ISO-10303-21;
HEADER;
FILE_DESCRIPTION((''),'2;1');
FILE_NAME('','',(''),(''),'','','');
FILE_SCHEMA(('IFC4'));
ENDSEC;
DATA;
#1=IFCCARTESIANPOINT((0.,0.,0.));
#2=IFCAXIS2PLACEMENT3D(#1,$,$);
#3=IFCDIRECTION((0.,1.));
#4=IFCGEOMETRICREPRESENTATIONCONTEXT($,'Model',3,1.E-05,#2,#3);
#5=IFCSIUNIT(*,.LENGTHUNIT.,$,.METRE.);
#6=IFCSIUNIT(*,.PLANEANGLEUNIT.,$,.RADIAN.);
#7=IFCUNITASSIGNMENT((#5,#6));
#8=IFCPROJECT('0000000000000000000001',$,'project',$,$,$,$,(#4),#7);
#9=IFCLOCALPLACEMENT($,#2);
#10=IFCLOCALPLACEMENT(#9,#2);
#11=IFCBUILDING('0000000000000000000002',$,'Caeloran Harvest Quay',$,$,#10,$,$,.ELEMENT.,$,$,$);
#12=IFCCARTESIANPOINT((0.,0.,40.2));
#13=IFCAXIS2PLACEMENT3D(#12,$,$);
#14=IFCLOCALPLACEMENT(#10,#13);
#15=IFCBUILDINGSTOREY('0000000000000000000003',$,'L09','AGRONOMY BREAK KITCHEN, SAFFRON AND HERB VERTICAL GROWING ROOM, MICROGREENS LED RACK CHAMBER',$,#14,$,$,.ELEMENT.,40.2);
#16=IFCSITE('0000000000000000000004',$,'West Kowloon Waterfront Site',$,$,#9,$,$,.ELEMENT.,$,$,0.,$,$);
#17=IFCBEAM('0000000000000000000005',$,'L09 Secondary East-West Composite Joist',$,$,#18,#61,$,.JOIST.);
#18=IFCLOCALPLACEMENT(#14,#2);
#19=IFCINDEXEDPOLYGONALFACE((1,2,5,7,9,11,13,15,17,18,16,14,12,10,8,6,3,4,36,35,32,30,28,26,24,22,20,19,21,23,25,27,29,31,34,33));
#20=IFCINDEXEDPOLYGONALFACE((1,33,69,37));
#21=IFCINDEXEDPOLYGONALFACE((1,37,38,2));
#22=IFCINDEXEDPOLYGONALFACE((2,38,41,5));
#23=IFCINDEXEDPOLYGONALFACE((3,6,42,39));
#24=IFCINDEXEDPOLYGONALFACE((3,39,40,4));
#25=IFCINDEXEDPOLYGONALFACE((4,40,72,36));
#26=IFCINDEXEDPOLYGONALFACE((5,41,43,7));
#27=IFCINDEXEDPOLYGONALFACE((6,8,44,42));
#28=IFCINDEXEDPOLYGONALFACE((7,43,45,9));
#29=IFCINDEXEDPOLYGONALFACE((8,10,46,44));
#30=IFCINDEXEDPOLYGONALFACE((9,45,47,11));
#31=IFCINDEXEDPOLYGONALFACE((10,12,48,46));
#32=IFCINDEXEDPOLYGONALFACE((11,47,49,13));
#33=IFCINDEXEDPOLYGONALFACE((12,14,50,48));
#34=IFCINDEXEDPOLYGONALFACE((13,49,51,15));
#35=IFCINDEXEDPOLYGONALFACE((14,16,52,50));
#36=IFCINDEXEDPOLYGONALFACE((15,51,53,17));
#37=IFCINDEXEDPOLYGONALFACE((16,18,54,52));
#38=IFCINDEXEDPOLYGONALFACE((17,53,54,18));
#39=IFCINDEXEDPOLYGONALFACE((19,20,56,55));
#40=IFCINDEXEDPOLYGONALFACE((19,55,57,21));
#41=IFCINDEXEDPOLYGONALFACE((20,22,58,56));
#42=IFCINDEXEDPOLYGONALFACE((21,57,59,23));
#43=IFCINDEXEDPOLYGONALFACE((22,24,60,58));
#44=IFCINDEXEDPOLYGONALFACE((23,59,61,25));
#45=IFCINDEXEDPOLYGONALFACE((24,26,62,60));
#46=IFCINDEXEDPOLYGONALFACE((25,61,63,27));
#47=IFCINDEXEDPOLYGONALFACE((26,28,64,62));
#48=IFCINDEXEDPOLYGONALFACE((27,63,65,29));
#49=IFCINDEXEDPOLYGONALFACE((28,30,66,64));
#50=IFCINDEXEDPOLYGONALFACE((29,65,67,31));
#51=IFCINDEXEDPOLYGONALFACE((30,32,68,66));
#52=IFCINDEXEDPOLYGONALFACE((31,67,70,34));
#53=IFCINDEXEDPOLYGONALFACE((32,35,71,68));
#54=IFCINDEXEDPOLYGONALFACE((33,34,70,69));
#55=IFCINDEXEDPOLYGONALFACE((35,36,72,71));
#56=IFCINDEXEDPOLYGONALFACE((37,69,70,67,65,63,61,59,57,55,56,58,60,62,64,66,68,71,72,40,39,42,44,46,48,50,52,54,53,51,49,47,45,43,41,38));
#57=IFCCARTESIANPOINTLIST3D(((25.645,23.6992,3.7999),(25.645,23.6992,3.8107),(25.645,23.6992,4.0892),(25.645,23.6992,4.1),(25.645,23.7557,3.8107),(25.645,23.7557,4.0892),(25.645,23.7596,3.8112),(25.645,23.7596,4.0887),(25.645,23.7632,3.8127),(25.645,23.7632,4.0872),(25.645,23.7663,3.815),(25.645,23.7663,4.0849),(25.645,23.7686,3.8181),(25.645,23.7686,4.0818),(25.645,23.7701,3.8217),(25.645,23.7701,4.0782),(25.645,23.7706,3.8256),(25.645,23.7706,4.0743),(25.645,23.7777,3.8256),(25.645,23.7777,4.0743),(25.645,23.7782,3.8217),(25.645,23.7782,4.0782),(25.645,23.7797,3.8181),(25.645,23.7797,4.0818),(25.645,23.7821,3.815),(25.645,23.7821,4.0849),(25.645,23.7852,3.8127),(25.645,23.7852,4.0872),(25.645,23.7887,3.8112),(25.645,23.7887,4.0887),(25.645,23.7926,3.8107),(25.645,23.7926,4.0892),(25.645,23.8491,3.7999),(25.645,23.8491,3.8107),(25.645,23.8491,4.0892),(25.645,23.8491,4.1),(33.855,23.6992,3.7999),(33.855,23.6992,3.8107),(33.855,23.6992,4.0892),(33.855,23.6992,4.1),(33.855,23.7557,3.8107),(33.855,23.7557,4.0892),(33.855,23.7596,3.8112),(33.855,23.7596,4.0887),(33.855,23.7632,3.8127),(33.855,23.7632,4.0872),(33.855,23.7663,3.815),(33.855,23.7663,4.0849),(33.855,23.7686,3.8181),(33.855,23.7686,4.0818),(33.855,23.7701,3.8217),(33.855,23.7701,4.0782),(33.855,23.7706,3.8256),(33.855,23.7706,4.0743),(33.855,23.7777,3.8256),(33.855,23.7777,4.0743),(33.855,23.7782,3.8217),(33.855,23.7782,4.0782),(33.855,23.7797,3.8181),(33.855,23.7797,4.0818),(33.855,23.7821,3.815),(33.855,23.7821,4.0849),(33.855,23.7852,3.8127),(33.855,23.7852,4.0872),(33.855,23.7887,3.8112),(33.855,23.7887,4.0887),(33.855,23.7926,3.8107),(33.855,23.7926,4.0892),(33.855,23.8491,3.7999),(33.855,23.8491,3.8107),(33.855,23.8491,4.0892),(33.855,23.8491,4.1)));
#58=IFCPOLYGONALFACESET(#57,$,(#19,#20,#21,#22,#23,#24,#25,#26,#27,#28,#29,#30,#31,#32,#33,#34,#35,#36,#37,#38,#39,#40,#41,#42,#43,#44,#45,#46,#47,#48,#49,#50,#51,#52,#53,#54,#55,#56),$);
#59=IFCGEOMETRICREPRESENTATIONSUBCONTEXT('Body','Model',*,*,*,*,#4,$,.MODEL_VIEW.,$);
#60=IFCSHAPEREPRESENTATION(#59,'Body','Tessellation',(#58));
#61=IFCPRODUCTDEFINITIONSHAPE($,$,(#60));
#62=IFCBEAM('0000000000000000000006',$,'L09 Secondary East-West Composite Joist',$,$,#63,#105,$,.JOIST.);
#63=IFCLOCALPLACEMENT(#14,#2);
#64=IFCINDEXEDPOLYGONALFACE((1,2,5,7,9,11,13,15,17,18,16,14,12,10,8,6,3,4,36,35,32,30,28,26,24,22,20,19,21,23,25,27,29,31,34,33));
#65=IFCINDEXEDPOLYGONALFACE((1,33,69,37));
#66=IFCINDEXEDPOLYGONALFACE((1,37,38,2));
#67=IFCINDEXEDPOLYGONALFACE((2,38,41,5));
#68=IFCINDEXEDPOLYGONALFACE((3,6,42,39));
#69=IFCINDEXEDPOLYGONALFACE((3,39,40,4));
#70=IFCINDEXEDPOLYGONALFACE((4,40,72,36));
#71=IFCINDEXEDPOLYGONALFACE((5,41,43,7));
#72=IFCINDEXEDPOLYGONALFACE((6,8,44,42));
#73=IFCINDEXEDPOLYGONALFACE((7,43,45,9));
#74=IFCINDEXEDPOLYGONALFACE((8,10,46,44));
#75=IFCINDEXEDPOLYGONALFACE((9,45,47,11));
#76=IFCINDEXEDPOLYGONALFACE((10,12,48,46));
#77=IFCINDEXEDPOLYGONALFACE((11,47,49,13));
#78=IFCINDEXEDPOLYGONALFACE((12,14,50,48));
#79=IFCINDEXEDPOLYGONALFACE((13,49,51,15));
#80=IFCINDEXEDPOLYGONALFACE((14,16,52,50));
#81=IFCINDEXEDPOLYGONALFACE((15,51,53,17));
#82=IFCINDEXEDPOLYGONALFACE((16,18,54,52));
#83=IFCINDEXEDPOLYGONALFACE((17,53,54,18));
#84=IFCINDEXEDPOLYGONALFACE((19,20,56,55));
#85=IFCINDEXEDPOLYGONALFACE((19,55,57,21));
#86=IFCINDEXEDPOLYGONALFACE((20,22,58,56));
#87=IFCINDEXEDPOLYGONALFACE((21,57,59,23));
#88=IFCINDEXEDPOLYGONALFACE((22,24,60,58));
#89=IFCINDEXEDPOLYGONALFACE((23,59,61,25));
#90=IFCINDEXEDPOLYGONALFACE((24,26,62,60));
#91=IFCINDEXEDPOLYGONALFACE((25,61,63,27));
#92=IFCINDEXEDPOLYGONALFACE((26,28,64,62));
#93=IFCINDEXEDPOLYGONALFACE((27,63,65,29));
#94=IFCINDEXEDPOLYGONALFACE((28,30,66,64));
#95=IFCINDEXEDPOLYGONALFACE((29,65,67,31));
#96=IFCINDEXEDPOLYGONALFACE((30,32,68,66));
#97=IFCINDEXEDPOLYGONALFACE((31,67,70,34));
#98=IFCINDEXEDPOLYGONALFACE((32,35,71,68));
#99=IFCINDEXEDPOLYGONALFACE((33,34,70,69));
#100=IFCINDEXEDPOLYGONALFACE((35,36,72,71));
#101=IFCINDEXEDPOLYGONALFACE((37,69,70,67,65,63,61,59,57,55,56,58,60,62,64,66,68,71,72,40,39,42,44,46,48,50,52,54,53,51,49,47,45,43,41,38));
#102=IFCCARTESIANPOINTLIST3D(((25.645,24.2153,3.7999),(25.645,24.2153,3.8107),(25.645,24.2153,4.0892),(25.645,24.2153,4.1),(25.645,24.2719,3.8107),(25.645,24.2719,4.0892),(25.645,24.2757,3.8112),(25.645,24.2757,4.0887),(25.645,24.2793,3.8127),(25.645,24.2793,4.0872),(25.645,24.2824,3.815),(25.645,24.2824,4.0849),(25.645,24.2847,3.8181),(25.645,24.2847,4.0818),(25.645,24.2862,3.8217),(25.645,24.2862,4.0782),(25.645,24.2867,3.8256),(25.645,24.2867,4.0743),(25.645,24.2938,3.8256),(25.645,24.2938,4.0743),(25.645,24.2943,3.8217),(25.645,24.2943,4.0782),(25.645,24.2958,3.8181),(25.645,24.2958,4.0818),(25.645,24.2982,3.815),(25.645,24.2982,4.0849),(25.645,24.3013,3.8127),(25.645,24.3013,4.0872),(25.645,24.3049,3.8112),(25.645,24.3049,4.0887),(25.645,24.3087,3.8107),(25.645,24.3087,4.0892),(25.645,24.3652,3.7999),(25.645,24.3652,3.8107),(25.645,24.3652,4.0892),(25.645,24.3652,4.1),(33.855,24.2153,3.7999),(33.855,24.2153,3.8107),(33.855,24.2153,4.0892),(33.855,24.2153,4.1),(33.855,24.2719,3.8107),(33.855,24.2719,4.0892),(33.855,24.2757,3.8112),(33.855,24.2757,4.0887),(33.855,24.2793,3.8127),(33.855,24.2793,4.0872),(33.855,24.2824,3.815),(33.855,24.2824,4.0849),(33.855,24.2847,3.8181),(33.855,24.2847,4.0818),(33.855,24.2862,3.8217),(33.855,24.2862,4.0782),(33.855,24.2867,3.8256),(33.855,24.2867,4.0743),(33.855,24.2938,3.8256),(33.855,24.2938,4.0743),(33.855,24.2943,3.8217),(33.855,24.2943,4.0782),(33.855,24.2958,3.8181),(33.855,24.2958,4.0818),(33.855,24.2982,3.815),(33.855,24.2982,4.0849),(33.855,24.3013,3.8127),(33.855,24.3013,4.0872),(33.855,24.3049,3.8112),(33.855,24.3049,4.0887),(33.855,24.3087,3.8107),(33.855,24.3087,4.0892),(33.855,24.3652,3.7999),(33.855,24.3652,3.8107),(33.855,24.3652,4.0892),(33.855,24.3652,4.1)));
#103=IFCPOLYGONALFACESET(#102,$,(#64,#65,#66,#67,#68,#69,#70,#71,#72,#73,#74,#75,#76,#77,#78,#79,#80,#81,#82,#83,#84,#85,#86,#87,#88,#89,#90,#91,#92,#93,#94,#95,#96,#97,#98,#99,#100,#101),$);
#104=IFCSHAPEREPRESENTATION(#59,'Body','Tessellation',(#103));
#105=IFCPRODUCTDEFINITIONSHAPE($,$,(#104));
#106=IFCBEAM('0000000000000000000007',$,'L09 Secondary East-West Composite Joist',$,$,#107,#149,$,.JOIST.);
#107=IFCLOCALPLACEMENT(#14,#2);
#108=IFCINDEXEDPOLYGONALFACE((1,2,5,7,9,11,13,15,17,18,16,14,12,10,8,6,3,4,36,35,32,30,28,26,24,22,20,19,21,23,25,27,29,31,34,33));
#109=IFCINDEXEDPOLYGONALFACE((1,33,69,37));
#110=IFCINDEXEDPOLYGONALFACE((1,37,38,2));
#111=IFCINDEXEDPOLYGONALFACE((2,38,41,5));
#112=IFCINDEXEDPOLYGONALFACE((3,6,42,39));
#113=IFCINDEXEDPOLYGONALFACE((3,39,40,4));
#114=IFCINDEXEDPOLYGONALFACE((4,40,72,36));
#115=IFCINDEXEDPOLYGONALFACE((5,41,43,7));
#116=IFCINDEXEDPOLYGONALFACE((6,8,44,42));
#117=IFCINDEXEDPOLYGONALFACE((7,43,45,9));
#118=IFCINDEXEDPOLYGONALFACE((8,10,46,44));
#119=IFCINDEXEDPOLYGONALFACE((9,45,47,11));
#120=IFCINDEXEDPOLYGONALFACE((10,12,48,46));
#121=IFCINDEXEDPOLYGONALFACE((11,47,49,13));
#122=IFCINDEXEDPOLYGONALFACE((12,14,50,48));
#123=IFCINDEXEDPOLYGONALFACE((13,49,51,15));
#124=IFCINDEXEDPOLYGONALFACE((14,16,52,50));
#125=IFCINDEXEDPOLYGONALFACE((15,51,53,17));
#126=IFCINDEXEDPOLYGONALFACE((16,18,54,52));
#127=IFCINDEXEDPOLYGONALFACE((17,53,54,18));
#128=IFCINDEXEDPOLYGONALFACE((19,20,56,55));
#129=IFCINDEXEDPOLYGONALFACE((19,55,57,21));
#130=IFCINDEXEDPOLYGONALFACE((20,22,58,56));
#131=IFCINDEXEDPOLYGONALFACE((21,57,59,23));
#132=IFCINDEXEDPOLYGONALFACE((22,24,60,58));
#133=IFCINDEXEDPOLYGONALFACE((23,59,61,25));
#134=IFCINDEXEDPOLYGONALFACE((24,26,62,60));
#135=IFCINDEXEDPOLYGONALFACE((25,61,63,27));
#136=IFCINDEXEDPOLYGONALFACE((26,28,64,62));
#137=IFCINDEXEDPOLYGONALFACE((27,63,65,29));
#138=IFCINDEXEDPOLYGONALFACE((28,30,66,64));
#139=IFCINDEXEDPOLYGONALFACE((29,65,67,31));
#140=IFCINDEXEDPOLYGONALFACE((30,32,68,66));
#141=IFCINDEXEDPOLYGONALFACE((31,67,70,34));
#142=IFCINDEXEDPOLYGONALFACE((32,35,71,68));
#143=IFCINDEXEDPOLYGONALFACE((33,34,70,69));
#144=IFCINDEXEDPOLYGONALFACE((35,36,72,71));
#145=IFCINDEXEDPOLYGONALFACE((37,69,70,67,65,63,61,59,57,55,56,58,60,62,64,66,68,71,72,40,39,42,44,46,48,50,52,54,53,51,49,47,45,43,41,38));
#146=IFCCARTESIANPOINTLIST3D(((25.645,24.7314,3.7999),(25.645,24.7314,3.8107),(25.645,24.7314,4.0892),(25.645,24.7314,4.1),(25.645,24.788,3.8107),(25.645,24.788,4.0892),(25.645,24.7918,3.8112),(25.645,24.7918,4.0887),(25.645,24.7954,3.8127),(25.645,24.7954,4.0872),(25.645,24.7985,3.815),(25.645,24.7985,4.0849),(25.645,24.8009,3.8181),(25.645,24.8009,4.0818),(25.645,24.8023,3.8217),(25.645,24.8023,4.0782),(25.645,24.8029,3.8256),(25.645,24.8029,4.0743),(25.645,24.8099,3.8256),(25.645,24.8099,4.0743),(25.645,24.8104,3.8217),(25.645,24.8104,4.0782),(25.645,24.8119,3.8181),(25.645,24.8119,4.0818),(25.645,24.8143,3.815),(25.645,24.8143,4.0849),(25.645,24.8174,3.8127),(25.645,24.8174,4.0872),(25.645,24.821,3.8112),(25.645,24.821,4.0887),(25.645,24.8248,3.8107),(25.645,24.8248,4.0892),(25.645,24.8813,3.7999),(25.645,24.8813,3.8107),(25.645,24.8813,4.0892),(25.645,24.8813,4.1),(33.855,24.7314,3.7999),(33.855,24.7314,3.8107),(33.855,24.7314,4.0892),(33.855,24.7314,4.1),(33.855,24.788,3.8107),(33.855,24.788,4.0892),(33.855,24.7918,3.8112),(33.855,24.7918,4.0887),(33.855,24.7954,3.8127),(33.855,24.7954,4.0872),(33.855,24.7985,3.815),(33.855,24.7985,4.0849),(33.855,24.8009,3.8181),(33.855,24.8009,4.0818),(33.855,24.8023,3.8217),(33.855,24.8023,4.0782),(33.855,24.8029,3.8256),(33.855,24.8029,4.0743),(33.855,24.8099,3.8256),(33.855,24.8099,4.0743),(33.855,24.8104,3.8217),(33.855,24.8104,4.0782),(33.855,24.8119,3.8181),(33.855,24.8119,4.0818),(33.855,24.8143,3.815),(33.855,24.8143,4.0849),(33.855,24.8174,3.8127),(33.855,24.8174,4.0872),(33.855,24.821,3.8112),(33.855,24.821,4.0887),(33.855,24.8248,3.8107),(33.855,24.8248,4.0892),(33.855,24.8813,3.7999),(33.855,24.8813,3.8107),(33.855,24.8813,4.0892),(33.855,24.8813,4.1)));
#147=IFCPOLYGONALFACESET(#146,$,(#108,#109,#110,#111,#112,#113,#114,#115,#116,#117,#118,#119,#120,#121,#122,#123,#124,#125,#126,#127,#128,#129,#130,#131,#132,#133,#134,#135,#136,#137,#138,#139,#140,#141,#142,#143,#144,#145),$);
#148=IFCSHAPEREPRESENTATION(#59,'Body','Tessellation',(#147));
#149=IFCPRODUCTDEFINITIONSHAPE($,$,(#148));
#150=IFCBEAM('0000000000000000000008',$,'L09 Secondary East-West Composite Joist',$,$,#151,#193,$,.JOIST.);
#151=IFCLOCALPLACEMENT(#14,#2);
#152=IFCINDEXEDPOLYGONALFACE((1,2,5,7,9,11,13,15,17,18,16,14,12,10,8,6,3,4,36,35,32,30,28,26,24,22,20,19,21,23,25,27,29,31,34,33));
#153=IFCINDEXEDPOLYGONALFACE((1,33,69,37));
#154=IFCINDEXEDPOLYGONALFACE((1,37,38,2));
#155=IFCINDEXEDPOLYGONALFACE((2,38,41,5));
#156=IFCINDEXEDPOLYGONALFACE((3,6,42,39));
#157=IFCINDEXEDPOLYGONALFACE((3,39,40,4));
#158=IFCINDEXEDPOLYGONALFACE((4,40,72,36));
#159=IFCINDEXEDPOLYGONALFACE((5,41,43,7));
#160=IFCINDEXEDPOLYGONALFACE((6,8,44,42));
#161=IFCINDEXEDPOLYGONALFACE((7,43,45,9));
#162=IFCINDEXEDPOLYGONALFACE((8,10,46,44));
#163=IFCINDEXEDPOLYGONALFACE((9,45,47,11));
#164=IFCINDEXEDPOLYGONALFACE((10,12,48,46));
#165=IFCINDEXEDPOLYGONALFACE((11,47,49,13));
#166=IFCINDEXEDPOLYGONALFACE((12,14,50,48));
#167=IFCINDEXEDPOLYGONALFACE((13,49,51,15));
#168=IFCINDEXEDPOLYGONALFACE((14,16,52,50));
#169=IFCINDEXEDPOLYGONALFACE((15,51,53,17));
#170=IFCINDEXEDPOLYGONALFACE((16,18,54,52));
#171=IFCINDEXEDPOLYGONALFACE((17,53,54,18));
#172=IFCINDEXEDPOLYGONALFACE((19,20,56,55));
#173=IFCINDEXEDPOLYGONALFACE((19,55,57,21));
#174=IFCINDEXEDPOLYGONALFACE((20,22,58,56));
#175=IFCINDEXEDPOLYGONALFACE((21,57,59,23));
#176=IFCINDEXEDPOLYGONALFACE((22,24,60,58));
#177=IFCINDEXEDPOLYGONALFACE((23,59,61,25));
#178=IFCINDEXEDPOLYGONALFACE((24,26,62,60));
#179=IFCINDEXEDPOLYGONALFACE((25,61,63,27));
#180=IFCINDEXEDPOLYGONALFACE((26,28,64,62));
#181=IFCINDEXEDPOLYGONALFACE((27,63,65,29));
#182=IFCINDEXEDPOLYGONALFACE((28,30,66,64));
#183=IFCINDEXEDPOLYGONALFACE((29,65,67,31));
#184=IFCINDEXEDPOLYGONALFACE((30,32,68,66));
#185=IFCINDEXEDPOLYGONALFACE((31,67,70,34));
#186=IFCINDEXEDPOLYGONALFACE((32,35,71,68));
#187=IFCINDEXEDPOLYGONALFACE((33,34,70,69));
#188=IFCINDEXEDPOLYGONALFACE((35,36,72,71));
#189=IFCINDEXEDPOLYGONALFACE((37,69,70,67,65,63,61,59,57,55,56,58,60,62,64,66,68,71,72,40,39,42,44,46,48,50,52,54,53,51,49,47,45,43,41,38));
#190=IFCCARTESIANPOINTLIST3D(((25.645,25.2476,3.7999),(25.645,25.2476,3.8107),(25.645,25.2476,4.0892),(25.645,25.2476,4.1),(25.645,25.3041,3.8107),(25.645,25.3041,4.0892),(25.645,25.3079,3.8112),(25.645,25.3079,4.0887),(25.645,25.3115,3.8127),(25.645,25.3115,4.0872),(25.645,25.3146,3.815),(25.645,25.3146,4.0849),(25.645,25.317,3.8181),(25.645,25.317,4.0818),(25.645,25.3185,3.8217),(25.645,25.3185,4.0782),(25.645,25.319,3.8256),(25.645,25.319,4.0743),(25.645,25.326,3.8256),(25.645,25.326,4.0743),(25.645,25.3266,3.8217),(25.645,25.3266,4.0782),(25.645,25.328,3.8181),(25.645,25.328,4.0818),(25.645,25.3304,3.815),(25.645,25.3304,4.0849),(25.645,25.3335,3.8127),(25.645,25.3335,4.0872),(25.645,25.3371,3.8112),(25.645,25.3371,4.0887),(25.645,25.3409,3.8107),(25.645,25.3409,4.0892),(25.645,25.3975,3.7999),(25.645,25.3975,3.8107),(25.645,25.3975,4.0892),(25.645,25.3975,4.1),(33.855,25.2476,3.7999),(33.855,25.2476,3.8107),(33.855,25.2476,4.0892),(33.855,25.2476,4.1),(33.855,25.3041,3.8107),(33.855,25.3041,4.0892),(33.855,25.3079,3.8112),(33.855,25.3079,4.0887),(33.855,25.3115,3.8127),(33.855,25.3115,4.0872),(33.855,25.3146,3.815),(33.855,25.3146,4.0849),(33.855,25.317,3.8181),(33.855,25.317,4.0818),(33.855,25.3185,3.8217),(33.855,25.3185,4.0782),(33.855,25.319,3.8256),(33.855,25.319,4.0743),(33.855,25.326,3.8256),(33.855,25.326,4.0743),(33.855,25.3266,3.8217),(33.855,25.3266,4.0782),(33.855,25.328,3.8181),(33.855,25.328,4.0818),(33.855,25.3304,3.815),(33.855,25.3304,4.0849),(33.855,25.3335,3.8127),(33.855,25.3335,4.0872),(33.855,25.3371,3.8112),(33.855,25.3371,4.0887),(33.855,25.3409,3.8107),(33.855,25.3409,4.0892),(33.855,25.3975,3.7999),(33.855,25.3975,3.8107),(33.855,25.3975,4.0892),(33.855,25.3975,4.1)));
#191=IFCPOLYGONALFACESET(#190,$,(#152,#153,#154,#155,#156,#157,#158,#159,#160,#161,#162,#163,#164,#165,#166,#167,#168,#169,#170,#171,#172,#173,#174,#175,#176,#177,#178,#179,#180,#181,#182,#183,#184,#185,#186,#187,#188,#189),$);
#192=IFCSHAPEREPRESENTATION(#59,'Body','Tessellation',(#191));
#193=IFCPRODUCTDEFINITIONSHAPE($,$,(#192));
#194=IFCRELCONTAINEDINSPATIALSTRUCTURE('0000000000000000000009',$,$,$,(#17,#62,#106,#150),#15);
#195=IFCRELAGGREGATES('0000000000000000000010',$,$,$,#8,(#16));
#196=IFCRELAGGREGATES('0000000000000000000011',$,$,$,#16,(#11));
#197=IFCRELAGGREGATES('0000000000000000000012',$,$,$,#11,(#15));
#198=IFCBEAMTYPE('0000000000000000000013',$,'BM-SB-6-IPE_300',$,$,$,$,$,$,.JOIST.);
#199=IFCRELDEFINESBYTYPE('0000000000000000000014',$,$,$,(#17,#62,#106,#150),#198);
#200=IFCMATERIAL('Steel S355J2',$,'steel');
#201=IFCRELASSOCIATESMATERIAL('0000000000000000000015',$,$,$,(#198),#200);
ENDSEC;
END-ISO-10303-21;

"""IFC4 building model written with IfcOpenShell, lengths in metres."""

from ifc_helpers import new_model, si_unit, direction, frame, origin, origin_2d, place, context, subcontext, project, spatial, i_section, extrude, material, material_profile, profile_set, type_object, element, save


model = new_model("IFC4")

# Units and contexts
model_context = context("Model", 3, precision=1e-05, world=origin(), true_north=direction((0.0, 1.0)))
body_context = subcontext(model_context, "Body", "Model", "MODEL_VIEW")
ifc_project = project(units=[si_unit("LENGTHUNIT", "METRE"), si_unit("PLANEANGLEUNIT", "RADIAN")], contexts=[model_context])

# Site, building, storey
site_placement = place(None, origin())
site = spatial("IfcSite", under=ifc_project, at=site_placement, Name="West Kowloon Waterfront Site", CompositionType="ELEMENT", RefElevation=0.0)
building_placement = place(site_placement, origin())
building = spatial("IfcBuilding", under=site, at=building_placement, Name="Caeloran Harvest Quay", CompositionType="ELEMENT")
storey_placement = place(building_placement, frame((0.0, 0.0, 40.2)))
storey = spatial("IfcBuildingStorey", under=building, at=storey_placement, Name="L09", Description="AGRONOMY BREAK KITCHEN, SAFFRON AND HERB VERTICAL GROWING ROOM, MICROGREENS LED RACK CHAMBER", CompositionType="ELEMENT", Elevation=40.2)

# Beams
ifc_material_1 = material(Name="Steel S355J2", Category="steel")
ifc_material_profile_1 = material_profile(ifc_material_1, i_section(OverallWidth=0.1499, OverallDepth=0.3, WebThickness=0.0071, FlangeThickness=0.0107, FilletRadius=0.0149, at=origin_2d()), Name="IPE 300")
ifc_profile_set_1 = profile_set([ifc_material_profile_1], Name="Steel S355J2")
beam_type_1 = type_object("IfcBeamType", Name="BM-SB-6-IPE_300", PredefinedType="JOIST", material=ifc_profile_set_1)
for number, where, z_axis, x_axis, name in (
    (1, (25.645, 23.7742, 3.95), (1.0, 0.0, 0.0), (0.0, 1.0, 0.0), "L09 Secondary East-West Composite Joist"),
    (2, (25.645, 24.2903, 3.95), (1.0, 0.0, 0.0), (0.0, 1.0, 0.0), "L09 Secondary East-West Composite Joist"),
    (3, (25.645, 24.8064, 3.95), (1.0, 0.0, 0.0), (0.0, 1.0, 0.0), "L09 Secondary East-West Composite Joist"),
    (4, (25.645, 25.3225, 3.95), (1.0, 0.0, 0.0), (0.0, 1.0, 0.0), "L09 Secondary East-West Composite Joist"),
):
    element("IfcBeam", number, at=place(storey_placement, frame(where, z_axis=z_axis, x_axis=x_axis)), inside=storey, type_object=beam_type_1, Name=name, PredefinedType="JOIST", context=body_context, shape_type="SweptSolid", body=[
        extrude(i_section(OverallWidth=0.1499, OverallDepth=0.3, WebThickness=0.0071, FlangeThickness=0.0107, FilletRadius=0.0149, at=origin_2d()), origin(), (0.0, 0.0, 1.0), 8.21),
    ])

save(model, "model.ifc")
